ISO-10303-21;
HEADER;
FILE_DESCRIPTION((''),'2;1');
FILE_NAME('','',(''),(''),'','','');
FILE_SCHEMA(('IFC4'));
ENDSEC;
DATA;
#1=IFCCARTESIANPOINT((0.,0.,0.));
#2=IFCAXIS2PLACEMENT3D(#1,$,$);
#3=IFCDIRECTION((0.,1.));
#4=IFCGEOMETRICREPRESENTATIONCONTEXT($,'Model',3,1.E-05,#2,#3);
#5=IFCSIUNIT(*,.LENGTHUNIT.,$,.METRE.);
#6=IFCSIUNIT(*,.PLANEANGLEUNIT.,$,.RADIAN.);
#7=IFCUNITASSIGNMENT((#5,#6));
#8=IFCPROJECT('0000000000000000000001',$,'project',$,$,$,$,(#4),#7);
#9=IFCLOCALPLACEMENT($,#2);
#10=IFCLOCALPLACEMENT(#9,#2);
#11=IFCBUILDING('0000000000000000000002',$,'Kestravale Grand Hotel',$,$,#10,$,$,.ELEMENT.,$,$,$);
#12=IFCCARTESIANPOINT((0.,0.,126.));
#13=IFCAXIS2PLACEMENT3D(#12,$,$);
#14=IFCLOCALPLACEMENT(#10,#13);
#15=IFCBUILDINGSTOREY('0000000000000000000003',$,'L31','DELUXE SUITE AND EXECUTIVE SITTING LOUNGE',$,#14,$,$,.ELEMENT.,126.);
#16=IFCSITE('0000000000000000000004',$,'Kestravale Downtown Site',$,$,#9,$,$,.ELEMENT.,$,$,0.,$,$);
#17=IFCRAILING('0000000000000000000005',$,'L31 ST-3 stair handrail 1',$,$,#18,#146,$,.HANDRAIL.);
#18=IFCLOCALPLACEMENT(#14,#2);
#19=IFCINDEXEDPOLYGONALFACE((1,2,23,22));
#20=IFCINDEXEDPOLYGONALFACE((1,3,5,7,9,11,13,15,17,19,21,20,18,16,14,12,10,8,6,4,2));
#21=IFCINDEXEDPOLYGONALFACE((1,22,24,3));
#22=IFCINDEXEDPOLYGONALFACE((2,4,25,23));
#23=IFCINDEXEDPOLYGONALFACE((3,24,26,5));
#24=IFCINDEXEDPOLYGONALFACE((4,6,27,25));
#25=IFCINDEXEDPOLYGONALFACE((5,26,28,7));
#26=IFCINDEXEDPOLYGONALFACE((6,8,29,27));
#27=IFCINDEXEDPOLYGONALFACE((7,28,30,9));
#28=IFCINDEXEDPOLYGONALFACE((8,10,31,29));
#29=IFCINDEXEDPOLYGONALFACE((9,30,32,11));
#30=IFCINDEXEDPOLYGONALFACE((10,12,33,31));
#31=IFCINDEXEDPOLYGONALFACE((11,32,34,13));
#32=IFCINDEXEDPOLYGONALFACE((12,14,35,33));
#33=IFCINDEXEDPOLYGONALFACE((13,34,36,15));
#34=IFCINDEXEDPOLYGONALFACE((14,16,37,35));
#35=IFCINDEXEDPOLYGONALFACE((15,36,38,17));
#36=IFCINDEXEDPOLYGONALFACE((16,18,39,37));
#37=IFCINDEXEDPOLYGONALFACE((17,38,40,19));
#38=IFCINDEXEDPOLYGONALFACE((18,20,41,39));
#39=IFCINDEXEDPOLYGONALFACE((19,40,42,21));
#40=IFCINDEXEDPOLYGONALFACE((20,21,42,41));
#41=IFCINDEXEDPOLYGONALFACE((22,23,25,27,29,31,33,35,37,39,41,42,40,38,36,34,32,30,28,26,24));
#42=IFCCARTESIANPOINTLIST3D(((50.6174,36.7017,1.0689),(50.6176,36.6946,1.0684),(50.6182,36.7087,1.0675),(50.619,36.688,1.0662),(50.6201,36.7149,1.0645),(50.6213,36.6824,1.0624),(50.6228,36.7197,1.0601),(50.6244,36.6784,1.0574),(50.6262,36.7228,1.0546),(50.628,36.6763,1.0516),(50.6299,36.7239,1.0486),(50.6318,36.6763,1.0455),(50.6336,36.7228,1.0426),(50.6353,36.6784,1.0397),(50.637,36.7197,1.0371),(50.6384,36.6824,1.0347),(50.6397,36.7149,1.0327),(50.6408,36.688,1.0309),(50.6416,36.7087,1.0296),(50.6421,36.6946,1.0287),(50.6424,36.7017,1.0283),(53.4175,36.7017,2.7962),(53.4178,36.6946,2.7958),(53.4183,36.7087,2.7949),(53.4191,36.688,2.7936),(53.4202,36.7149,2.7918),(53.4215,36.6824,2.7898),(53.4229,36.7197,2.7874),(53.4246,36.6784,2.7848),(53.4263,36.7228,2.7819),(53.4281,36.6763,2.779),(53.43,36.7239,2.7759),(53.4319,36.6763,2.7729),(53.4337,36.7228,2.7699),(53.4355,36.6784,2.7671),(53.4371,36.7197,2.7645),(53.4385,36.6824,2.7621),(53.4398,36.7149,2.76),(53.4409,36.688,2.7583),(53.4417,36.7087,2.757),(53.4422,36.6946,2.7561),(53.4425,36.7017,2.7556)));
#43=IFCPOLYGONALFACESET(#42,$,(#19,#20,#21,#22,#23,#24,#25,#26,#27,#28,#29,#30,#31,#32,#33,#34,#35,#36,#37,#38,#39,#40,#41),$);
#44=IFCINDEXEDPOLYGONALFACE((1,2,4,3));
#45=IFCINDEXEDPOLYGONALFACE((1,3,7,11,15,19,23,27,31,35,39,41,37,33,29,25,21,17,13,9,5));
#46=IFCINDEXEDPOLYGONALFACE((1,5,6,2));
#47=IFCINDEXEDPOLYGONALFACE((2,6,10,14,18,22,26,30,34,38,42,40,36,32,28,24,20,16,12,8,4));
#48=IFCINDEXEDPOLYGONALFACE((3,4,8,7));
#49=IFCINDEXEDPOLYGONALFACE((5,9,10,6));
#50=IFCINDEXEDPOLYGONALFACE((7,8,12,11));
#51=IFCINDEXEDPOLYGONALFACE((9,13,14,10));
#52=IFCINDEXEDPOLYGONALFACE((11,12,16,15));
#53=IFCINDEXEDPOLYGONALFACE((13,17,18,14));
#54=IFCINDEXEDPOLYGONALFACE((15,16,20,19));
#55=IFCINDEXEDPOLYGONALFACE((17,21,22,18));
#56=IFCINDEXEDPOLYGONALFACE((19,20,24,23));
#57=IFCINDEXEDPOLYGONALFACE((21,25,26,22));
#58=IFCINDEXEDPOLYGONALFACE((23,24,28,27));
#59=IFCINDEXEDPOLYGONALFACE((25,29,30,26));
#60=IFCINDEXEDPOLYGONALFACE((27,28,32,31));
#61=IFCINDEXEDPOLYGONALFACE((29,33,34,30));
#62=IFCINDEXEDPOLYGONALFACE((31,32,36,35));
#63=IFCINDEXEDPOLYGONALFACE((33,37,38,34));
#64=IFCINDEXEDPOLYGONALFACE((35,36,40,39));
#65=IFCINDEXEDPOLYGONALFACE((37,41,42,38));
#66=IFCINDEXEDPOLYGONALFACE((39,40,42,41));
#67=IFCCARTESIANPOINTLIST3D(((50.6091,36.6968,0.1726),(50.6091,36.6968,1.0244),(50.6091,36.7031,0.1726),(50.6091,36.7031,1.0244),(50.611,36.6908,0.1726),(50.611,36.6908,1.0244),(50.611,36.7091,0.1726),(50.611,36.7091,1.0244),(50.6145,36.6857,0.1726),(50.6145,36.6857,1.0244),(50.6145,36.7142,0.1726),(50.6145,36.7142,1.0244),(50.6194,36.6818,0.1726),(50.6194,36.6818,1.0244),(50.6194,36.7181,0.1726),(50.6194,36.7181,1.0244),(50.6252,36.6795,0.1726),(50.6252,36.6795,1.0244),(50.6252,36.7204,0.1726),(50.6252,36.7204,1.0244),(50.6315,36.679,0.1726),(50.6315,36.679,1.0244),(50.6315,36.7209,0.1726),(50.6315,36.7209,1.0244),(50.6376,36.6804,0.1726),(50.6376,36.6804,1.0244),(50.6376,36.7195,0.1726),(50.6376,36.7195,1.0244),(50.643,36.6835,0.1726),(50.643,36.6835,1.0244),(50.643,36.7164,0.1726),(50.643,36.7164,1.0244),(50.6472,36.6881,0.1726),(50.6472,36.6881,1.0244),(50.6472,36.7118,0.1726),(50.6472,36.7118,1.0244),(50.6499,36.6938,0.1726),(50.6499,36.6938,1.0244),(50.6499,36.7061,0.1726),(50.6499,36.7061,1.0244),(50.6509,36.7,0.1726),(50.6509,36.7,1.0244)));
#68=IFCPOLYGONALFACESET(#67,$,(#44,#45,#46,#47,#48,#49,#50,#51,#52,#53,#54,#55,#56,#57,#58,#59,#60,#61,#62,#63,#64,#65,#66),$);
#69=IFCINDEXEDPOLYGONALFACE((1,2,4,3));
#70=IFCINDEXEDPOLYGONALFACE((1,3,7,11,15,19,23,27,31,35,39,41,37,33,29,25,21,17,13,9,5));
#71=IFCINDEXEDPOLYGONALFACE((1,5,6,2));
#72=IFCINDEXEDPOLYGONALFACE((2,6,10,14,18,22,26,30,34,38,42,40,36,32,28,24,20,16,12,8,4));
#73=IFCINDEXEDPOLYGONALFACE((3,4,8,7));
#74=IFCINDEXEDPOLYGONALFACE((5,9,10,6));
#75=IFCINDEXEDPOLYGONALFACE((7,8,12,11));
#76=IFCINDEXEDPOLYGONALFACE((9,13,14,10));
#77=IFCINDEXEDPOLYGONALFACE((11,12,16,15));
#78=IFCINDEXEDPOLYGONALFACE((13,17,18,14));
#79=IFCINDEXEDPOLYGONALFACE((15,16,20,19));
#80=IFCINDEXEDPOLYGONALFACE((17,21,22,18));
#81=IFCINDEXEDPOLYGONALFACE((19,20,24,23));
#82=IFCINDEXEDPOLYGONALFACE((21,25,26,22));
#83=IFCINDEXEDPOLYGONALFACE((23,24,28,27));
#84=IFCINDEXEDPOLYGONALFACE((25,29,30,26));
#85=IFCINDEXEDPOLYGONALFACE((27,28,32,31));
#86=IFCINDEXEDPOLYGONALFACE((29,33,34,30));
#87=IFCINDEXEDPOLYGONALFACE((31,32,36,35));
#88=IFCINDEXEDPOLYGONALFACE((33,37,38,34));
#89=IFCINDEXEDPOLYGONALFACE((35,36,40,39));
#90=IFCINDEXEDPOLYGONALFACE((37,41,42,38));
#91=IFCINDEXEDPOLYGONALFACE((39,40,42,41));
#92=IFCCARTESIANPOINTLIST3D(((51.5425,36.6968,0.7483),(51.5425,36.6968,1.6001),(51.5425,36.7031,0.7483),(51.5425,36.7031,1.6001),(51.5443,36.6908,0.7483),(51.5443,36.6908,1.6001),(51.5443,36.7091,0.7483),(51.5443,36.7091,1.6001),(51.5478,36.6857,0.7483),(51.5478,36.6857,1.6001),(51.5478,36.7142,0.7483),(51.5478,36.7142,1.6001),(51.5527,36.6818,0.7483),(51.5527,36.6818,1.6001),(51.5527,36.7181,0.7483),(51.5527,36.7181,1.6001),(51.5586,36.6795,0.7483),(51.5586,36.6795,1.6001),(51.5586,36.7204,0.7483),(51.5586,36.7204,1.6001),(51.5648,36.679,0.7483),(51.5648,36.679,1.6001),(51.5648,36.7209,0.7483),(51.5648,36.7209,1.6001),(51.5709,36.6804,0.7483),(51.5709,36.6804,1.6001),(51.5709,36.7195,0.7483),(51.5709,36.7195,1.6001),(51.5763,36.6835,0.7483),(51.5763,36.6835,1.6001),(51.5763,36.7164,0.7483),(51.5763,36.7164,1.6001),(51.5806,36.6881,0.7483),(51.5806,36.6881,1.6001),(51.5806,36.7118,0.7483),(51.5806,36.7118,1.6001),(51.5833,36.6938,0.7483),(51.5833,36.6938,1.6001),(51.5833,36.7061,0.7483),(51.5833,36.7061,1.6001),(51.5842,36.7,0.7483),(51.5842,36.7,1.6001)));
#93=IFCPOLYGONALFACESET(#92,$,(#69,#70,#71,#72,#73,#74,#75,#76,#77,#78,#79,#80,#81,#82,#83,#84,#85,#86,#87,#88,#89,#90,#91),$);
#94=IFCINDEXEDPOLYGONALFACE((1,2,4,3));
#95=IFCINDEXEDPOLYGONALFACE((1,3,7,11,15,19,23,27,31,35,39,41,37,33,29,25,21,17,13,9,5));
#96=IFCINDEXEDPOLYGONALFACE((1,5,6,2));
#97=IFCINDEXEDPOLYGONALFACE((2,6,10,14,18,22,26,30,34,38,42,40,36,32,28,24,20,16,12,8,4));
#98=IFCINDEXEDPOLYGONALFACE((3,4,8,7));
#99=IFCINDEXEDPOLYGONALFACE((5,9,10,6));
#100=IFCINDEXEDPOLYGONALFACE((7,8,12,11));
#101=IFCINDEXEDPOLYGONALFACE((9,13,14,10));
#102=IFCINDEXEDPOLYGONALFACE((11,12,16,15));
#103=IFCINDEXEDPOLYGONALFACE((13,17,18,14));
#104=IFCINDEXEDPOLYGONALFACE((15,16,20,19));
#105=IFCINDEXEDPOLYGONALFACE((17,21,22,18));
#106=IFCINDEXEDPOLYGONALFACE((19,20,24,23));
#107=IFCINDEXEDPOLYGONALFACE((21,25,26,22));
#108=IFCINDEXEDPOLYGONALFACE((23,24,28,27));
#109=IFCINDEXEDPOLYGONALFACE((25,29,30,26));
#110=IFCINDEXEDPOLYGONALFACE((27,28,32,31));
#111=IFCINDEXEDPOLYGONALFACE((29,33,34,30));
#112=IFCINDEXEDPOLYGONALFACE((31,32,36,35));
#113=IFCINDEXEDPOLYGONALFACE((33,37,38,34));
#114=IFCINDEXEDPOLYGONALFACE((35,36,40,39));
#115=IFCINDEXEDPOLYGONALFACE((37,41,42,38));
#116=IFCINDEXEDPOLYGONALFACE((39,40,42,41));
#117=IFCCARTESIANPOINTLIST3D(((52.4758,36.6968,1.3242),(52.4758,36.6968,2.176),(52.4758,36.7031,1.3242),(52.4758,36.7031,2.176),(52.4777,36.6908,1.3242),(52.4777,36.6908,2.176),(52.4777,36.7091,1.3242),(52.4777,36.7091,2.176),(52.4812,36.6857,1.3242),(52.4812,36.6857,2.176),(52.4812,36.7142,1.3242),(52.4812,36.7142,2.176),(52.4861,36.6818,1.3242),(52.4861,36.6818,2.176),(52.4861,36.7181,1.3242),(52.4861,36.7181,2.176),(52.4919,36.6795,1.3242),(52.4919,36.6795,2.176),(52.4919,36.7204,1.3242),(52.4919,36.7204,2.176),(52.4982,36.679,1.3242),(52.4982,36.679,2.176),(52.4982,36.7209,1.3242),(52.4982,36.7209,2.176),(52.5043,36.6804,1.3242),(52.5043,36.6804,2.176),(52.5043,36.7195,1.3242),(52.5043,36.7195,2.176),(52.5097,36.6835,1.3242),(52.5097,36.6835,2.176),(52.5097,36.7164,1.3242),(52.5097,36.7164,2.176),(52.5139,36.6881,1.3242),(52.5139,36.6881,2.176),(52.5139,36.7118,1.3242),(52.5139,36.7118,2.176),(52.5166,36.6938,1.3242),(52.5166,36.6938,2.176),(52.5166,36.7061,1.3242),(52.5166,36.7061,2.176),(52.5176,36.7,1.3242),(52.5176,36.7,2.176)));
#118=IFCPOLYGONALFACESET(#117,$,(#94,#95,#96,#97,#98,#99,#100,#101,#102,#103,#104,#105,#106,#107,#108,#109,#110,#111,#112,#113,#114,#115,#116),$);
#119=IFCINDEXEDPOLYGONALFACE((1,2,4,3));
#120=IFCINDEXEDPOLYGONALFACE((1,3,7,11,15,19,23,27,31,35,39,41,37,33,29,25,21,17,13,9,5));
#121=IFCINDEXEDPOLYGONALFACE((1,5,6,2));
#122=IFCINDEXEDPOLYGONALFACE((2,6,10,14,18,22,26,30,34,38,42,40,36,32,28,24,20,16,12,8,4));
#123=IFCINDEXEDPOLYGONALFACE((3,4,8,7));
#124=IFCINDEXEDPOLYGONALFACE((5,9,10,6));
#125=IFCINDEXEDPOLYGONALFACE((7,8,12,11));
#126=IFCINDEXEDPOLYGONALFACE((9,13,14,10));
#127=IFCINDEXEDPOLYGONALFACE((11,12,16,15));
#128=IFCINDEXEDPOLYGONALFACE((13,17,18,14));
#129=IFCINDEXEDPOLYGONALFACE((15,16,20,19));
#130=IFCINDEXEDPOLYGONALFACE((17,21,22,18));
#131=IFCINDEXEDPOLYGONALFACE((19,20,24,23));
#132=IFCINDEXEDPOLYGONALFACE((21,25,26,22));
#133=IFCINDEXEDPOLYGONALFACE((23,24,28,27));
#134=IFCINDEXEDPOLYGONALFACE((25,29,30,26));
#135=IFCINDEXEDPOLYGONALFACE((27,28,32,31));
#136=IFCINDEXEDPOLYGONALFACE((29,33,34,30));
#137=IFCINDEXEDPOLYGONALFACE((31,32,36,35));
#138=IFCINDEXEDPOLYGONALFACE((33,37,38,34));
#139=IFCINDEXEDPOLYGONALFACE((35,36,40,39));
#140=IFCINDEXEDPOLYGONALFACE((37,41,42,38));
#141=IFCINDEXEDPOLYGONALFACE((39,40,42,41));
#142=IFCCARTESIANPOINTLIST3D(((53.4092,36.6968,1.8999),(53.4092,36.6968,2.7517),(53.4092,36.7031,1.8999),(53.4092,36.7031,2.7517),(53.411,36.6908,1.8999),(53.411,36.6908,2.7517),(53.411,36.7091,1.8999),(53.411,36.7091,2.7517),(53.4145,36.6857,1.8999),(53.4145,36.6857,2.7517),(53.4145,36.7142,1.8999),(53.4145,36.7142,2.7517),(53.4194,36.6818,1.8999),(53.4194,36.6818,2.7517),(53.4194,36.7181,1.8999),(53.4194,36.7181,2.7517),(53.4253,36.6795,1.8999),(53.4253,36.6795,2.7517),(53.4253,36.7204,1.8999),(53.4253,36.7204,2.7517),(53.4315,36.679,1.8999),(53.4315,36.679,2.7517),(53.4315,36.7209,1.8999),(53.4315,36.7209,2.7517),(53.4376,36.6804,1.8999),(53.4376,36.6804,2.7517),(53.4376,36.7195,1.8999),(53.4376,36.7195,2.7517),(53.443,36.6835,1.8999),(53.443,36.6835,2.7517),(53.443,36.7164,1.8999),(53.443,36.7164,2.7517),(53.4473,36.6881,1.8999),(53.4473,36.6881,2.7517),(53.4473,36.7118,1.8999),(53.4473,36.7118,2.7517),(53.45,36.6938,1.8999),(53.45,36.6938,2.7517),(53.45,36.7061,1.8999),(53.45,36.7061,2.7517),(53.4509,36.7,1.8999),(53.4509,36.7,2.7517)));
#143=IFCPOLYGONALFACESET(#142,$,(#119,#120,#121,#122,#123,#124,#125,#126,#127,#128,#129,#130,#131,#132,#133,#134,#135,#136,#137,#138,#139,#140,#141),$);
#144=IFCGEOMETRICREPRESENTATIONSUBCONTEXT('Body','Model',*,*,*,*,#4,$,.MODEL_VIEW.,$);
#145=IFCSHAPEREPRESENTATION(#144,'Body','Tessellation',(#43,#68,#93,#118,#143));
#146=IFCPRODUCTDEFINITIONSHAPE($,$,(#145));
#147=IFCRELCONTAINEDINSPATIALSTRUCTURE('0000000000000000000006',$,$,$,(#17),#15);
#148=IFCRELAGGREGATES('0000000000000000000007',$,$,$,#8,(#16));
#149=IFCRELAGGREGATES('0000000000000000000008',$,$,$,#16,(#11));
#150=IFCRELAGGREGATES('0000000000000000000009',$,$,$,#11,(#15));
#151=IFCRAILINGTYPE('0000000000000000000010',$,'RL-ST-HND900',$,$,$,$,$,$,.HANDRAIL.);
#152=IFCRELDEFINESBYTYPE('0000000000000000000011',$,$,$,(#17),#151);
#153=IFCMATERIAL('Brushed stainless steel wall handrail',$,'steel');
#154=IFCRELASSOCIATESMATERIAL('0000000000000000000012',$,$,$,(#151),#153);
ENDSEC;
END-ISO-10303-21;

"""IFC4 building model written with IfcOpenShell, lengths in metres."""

from ifc_helpers import new_model, si_unit, direction, frame, origin, origin_2d, place, context, subcontext, project, spatial, circle, extrude, material, type_object, element, save


model = new_model("IFC4")

# Units and contexts
model_context = context("Model", 3, precision=1e-05, world=origin(), true_north=direction((0.0, 1.0)))
body_context = subcontext(model_context, "Body", "Model", "MODEL_VIEW")
ifc_project = project(units=[si_unit("LENGTHUNIT", "METRE"), si_unit("PLANEANGLEUNIT", "RADIAN")], contexts=[model_context])

# Site, building, storey
site_placement = place(None, origin())
site = spatial("IfcSite", under=ifc_project, at=site_placement, Name="Kestravale Downtown Site", CompositionType="ELEMENT", RefElevation=0.0)
building_placement = place(site_placement, origin())
building = spatial("IfcBuilding", under=site, at=building_placement, Name="Kestravale Grand Hotel", CompositionType="ELEMENT")
storey_placement = place(building_placement, frame((0.0, 0.0, 126.0)))
storey = spatial("IfcBuildingStorey", under=building, at=storey_placement, Name="L31", Description="DELUXE SUITE AND EXECUTIVE SITTING LOUNGE", CompositionType="ELEMENT", Elevation=126.0)

# Railing
ifc_material_1 = material(Name="Brushed stainless steel wall handrail", Category="steel")
railing_type_1 = type_object("IfcRailingType", Name="RL-ST-HND900", PredefinedType="HANDRAIL", material=ifc_material_1)
railing_1_placement = place(storey_placement, frame((50.6299, 36.7, 0.1726)))
element("IfcRailing", 1, at=railing_1_placement, inside=storey, type_object=railing_type_1, Name="L31 ST-3 stair handrail 1", PredefinedType="HANDRAIL", context=body_context, shape_type="SweptSolid", body=[
    extrude(circle(Radius=0.0239, at=origin_2d()), frame((0.0, 0.0, 0.876), z_axis=(0.85109, 0.0, 0.52502), x_axis=(0.0, 1.0, 0.0)), (0.0, 0.0, 1.0), 3.29),
    extrude(circle(Radius=0.021, at=origin_2d()), origin(), (0.0, 0.0, 1.0), 0.8518),
    extrude(circle(Radius=0.021, at=origin_2d()), frame((0.9333, 0.0, 0.5757)), (0.0, 0.0, 1.0), 0.8518),
    extrude(circle(Radius=0.021, at=origin_2d()), frame((1.8667, 0.0, 1.1516)), (0.0, 0.0, 1.0), 0.8518),
    extrude(circle(Radius=0.021, at=origin_2d()), frame((2.8, 0.0, 1.7273)), (0.0, 0.0, 1.0), 0.8518),
])

save(model, "model.ifc")
